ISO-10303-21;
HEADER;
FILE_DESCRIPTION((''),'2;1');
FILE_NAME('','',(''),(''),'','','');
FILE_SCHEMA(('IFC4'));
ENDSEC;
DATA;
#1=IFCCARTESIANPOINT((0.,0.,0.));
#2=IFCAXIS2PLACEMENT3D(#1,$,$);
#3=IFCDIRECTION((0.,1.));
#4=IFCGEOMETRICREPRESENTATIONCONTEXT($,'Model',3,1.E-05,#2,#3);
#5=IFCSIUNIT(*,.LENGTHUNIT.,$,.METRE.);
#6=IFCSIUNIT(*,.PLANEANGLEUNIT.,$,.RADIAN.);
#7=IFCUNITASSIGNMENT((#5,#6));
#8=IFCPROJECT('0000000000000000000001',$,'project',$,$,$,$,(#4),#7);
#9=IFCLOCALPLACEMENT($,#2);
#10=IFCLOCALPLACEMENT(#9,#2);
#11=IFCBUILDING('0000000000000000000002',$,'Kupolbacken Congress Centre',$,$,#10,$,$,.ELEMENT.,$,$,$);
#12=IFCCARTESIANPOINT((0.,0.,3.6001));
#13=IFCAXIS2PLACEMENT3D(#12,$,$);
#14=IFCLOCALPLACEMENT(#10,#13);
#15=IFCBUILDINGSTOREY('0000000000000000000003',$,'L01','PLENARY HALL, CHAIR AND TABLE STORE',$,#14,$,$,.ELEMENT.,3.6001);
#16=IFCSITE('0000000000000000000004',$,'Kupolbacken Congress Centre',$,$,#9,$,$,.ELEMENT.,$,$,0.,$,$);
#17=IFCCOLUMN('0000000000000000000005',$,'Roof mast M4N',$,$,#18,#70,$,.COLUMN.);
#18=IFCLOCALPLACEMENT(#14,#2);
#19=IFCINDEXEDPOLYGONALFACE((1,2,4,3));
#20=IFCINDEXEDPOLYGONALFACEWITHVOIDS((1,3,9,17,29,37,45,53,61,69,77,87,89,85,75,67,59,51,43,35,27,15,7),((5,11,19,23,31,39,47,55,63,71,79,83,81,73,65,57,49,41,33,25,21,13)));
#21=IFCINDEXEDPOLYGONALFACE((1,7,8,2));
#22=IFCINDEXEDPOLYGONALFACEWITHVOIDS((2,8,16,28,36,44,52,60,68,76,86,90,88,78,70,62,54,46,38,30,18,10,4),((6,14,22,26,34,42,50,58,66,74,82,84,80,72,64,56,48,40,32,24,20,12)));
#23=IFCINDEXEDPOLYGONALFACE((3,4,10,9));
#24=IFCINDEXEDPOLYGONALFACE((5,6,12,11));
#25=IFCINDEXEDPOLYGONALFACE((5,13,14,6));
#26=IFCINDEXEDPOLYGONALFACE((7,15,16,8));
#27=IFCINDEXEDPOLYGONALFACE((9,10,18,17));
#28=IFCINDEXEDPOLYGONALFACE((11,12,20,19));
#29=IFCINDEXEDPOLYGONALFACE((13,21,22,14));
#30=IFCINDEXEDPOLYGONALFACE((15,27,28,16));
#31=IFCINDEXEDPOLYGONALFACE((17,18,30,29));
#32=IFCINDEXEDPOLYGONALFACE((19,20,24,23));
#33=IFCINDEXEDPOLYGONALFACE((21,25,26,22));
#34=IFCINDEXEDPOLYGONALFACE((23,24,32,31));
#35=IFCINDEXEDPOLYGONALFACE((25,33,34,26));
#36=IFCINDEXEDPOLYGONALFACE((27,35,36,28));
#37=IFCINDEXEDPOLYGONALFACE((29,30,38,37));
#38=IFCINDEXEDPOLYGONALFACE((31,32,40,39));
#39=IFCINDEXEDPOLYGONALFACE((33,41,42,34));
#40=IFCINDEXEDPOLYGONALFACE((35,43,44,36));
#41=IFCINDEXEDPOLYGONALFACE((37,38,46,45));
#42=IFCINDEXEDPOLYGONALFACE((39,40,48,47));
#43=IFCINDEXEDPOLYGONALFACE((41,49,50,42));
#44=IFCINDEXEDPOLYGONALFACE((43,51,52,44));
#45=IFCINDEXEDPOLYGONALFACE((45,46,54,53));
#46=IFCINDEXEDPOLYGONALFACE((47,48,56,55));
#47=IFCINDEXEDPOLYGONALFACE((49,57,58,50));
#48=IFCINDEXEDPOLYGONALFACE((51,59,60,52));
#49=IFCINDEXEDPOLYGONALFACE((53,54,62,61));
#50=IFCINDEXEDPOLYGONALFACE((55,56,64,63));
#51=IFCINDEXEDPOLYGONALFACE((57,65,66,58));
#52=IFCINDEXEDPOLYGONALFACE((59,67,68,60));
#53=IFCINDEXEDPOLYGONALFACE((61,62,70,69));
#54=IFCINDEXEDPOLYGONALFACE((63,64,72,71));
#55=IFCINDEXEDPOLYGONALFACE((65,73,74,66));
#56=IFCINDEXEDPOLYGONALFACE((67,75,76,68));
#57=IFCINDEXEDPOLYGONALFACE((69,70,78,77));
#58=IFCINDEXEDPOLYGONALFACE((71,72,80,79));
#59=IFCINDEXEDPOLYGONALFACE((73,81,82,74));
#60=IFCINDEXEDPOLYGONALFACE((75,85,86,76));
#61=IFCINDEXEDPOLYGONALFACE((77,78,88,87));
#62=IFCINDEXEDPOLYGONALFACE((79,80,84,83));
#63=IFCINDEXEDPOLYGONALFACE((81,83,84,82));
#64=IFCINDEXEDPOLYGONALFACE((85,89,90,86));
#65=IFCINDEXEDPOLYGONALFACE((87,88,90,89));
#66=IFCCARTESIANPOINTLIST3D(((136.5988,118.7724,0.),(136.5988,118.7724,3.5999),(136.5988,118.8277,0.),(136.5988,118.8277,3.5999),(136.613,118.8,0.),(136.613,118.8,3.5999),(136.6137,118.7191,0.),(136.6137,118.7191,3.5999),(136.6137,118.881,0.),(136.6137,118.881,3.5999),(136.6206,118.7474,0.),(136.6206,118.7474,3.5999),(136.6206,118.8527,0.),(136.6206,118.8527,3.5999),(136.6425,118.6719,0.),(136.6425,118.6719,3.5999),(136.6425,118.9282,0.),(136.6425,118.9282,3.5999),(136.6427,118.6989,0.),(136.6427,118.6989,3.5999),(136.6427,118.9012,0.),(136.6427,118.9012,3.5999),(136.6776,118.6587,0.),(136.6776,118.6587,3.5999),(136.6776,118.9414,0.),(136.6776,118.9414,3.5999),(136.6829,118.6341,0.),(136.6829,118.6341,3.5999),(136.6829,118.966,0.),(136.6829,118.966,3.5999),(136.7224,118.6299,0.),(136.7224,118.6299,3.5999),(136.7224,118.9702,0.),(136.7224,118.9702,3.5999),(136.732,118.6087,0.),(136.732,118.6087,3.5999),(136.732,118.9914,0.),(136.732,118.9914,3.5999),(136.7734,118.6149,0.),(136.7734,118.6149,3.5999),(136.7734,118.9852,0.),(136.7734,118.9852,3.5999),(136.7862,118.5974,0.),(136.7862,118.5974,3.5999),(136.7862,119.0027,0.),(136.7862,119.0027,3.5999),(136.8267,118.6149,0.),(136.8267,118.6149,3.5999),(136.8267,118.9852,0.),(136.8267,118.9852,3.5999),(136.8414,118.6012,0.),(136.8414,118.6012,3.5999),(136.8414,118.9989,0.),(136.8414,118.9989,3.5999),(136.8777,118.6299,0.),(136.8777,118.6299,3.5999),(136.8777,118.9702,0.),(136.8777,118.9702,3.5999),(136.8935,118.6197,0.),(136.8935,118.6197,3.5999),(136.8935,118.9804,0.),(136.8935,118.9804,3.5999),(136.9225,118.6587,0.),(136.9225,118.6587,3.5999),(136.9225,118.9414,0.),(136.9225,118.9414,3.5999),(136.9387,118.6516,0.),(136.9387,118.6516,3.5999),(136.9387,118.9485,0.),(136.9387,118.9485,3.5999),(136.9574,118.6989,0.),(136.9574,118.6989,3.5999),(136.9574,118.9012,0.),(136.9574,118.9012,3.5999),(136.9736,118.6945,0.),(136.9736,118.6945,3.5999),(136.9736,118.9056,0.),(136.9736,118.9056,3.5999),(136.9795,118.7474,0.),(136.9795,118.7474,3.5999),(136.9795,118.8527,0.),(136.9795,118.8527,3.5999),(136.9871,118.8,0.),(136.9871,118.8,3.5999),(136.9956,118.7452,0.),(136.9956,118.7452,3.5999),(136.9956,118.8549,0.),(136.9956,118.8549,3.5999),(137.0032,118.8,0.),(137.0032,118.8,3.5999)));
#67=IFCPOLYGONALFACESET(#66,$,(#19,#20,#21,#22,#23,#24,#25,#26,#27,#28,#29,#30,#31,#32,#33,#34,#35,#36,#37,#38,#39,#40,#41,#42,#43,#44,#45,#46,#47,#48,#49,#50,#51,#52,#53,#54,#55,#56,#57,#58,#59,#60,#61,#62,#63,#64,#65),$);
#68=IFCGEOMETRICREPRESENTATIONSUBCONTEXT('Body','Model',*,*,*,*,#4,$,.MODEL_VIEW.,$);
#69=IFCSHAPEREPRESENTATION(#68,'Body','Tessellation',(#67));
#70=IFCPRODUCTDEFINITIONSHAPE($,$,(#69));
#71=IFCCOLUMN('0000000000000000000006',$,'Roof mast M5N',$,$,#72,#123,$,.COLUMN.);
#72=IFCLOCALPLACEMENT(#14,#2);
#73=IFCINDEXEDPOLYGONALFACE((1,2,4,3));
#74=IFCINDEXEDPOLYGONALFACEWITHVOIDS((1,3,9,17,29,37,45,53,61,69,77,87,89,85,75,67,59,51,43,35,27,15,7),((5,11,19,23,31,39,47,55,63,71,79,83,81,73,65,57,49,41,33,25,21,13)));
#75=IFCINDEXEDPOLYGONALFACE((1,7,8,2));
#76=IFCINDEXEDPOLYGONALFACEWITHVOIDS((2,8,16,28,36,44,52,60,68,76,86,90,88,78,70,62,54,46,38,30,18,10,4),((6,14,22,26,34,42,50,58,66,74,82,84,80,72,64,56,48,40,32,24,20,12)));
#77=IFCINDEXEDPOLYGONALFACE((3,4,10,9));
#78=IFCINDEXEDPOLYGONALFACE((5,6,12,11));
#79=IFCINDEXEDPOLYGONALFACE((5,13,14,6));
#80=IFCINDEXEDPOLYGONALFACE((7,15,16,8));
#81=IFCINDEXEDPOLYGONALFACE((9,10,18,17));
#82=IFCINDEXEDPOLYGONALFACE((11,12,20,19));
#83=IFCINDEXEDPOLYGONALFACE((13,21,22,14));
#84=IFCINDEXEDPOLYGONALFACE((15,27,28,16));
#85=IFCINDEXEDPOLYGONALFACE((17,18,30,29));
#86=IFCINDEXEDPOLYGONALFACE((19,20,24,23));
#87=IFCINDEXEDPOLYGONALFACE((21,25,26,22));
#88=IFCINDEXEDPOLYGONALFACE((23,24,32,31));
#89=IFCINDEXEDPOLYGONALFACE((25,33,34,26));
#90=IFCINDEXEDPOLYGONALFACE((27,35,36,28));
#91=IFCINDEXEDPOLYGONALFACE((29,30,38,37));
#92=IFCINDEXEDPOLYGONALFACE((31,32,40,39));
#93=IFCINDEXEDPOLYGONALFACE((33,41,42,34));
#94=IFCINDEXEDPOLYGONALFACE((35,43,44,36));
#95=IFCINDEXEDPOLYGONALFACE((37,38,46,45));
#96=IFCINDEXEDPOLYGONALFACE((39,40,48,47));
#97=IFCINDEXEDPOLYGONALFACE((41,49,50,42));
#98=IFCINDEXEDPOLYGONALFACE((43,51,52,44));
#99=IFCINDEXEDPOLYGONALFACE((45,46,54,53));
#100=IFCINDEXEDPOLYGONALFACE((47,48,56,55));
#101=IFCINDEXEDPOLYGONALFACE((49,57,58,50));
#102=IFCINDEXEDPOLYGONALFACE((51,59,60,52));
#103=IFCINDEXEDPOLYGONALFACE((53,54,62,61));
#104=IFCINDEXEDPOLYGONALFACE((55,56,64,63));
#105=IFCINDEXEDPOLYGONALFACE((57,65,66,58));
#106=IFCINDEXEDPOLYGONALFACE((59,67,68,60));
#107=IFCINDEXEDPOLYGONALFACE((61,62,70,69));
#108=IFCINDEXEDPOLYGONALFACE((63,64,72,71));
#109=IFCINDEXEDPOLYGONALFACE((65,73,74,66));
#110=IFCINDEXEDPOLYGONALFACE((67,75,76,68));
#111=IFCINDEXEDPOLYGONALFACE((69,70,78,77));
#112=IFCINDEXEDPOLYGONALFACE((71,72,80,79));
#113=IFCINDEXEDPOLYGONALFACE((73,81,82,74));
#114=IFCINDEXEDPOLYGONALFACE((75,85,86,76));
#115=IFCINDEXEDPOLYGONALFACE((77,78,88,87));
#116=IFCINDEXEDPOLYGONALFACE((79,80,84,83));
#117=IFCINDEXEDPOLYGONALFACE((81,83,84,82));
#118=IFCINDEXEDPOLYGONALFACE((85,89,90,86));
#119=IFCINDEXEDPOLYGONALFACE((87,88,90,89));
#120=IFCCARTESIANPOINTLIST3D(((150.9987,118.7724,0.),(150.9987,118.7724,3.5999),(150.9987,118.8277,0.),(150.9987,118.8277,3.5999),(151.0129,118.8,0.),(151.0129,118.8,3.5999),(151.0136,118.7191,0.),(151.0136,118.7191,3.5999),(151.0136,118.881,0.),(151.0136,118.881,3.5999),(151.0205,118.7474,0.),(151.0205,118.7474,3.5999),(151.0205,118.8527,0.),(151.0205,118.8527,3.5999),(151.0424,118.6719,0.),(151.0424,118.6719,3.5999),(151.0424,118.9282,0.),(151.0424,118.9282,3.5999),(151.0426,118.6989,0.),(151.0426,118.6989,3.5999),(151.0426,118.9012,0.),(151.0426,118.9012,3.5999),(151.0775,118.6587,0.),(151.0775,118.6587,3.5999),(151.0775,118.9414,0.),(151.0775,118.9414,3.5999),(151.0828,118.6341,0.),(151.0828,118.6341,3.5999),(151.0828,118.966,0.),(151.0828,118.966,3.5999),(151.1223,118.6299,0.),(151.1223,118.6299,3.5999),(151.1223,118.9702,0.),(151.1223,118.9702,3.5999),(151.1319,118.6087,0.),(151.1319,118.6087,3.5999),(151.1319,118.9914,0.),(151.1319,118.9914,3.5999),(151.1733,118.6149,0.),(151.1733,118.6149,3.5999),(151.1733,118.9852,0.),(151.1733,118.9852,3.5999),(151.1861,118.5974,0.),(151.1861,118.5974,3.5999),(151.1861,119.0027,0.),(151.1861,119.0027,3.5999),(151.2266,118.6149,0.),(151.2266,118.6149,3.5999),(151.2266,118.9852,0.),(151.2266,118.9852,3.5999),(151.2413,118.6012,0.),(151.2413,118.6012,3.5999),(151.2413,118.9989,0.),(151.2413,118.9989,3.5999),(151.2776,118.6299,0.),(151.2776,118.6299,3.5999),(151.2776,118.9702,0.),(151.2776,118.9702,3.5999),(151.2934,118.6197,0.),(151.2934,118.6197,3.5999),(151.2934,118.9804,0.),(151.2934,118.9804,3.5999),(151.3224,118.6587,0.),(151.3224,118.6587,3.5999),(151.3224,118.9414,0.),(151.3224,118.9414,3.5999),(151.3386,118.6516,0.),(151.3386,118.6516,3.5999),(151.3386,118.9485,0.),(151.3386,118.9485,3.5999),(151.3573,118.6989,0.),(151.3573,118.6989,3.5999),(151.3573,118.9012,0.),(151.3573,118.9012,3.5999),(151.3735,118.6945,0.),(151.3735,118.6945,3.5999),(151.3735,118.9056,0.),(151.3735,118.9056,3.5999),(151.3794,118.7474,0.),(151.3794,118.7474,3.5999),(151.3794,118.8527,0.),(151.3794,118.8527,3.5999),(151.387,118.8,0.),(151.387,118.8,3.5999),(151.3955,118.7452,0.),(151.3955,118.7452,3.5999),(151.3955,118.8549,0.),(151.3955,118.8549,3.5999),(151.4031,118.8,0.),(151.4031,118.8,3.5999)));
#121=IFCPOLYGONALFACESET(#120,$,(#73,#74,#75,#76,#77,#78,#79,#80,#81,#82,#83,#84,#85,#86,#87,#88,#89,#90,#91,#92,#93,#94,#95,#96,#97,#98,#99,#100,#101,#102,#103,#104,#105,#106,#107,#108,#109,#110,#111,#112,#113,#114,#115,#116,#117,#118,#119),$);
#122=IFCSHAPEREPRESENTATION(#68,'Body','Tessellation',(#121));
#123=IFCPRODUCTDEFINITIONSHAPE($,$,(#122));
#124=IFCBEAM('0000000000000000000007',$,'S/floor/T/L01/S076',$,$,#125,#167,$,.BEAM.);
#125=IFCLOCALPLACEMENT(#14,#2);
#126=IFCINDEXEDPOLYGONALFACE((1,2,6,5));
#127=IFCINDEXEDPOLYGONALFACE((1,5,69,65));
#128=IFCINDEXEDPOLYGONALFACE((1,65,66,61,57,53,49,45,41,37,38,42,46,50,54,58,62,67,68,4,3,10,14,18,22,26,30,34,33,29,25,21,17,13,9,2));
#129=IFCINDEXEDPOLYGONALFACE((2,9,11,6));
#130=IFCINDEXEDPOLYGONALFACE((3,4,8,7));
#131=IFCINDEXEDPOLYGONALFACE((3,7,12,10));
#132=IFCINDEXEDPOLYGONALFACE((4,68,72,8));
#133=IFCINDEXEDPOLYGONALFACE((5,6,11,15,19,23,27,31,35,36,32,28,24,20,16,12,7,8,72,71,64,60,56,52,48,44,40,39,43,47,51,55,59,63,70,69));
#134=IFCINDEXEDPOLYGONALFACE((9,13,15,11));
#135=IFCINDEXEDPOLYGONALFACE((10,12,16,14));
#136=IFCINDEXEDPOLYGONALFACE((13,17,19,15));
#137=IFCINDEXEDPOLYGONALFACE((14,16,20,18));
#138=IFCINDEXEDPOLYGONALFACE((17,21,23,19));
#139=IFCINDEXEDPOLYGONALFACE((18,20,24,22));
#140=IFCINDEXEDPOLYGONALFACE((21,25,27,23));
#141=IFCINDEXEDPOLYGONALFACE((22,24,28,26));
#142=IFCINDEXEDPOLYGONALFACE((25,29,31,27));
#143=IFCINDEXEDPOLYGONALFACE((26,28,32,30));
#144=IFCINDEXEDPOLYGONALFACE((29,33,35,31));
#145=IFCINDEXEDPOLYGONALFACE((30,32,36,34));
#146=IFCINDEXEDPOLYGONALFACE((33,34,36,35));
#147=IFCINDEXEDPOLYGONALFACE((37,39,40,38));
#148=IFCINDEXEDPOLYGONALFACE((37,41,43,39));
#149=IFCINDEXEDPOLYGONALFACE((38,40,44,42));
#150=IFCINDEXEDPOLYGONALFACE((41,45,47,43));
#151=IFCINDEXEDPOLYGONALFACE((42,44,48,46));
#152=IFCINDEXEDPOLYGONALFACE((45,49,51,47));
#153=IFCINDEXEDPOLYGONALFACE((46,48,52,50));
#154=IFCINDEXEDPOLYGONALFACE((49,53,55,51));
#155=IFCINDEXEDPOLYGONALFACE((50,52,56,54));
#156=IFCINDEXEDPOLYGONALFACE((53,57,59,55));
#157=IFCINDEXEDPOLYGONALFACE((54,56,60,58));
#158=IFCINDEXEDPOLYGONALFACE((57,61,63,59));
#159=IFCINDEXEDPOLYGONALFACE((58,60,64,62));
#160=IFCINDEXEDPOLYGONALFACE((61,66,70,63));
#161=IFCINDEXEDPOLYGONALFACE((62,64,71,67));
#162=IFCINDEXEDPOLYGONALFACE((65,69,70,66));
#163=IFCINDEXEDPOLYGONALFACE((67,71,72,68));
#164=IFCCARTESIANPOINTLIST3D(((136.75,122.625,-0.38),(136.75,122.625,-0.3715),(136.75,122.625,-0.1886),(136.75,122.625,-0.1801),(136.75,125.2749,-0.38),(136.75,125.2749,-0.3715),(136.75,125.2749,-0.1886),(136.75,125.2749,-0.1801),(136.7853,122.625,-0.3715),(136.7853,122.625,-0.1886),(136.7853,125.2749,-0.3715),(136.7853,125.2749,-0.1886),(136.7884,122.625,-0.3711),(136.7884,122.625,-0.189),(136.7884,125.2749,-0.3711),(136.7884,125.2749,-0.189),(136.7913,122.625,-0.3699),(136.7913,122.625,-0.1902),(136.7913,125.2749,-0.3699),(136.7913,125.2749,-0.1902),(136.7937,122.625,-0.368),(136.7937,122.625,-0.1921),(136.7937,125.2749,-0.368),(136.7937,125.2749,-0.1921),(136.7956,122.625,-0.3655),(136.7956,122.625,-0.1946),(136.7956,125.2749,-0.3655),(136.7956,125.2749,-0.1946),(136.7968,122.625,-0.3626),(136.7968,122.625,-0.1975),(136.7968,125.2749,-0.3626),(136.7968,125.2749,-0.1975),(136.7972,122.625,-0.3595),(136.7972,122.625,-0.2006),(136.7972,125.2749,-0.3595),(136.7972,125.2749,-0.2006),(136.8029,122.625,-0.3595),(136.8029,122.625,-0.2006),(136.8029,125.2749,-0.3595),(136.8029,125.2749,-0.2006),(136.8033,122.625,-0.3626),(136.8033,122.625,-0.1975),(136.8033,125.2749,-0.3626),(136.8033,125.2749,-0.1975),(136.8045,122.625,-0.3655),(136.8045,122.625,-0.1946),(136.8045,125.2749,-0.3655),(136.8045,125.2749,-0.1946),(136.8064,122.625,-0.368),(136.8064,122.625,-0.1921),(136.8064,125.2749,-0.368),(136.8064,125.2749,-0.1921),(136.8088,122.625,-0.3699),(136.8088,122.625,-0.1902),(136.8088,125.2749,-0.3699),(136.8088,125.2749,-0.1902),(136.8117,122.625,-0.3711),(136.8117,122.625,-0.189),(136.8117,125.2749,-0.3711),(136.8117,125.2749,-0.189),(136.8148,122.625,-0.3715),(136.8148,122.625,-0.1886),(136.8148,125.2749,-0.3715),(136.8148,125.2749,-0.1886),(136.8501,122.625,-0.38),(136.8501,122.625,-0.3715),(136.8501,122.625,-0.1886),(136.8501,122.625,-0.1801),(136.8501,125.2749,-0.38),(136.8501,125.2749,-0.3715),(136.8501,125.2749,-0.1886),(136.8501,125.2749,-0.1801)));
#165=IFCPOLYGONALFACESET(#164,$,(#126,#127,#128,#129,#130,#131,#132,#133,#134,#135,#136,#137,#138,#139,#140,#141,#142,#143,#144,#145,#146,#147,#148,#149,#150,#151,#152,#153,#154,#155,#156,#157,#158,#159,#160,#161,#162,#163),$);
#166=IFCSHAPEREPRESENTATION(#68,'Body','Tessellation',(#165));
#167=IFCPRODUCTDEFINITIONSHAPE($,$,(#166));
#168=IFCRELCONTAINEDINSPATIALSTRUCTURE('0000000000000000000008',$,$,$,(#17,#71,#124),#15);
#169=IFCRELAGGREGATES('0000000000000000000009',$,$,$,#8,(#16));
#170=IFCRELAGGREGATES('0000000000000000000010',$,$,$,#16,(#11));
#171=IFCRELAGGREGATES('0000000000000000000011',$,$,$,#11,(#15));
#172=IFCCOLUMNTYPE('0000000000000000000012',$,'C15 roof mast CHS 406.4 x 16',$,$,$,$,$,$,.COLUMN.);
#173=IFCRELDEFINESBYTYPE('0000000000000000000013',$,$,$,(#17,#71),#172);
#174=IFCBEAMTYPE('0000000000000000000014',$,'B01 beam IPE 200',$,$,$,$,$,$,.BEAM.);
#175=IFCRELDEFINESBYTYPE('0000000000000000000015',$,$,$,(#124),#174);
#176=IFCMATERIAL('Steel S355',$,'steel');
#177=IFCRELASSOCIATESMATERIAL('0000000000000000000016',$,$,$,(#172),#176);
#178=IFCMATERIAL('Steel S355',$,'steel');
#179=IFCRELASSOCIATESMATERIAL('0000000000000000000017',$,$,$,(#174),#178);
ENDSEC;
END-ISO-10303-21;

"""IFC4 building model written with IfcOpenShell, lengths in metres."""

from ifc_helpers import new_model, si_unit, direction, frame, origin, origin_2d, place, context, subcontext, project, spatial, hollow_circle, i_section, extrude, material, material_profile, profile_set, type_object, element, save


model = new_model("IFC4")

# Units and contexts
model_context = context("Model", 3, precision=1e-05, world=origin(), true_north=direction((0.0, 1.0)))
body_context = subcontext(model_context, "Body", "Model", "MODEL_VIEW")
ifc_project = project(units=[si_unit("LENGTHUNIT", "METRE"), si_unit("PLANEANGLEUNIT", "RADIAN")], contexts=[model_context])

# Site, building, storey
site_placement = place(None, origin())
site = spatial("IfcSite", under=ifc_project, at=site_placement, Name="Kupolbacken Congress Centre", CompositionType="ELEMENT", RefElevation=0.0)
building_placement = place(site_placement, origin())
building = spatial("IfcBuilding", under=site, at=building_placement, Name="Kupolbacken Congress Centre", CompositionType="ELEMENT")
storey_placement = place(building_placement, frame((0.0, 0.0, 3.6001)))
storey = spatial("IfcBuildingStorey", under=building, at=storey_placement, Name="L01", Description="PLENARY HALL, CHAIR AND TABLE STORE", CompositionType="ELEMENT", Elevation=3.6001)

# Columns
ifc_material_1 = material(Name="Steel S355", Category="steel")
ifc_material_profile_1 = material_profile(ifc_material_1, hollow_circle(Radius=0.2031, WallThickness=0.0161, at=origin_2d()), Name="CHS 406.4 x 16")
ifc_profile_set_1 = profile_set([ifc_material_profile_1], Name="Steel S355")
column_type_1 = type_object("IfcColumnType", Name="C15 roof mast CHS 406.4 x 16", PredefinedType="COLUMN", material=ifc_profile_set_1)
for number, where, z_axis, x_axis, name in (
    (1, (136.8, 118.8, 0.0), (0.0, 0.0, 1.0), (1.0, 0.0, 0.0), "Roof mast M4N"),
    (2, (151.2, 118.8, 0.0), (0.0, 0.0, 1.0), (1.0, 0.0, 0.0), "Roof mast M5N"),
):
    element("IfcColumn", number, at=place(storey_placement, frame(where, z_axis=z_axis, x_axis=x_axis)), inside=storey, type_object=column_type_1, Name=name, PredefinedType="COLUMN", context=body_context, shape_type="SweptSolid", body=[
        extrude(hollow_circle(Radius=0.2031, WallThickness=0.0161, at=origin_2d()), origin(), (0.0, 0.0, 1.0), 3.5999),
    ])

# Beam
ifc_material_2 = material(Name="Steel S355", Category="steel")
ifc_material_profile_2 = material_profile(ifc_material_2, i_section(OverallWidth=0.1001, OverallDepth=0.2, WebThickness=0.0056, FlangeThickness=0.0085, FilletRadius=0.012, at=origin_2d()), Name="IPE 200")
ifc_profile_set_2 = profile_set([ifc_material_profile_2], Name="Steel S355")
beam_type_1 = type_object("IfcBeamType", Name="B01 beam IPE 200", PredefinedType="BEAM", material=ifc_profile_set_2)
beam_1_placement = place(storey_placement, frame((136.8, 122.625, -0.28), z_axis=(0.0, 1.0, 0.0), x_axis=(-1.0, 0.0, 0.0)))
element("IfcBeam", 3, at=beam_1_placement, inside=storey, type_object=beam_type_1, Name="S/floor/T/L01/S076", PredefinedType="BEAM", context=body_context, shape_type="SweptSolid", body=[
    extrude(i_section(OverallWidth=0.1001, OverallDepth=0.2, WebThickness=0.0056, FlangeThickness=0.0085, FilletRadius=0.012, at=origin_2d()), origin(), (0.0, 0.0, 1.0), 2.6499),
])

save(model, "model.ifc")
